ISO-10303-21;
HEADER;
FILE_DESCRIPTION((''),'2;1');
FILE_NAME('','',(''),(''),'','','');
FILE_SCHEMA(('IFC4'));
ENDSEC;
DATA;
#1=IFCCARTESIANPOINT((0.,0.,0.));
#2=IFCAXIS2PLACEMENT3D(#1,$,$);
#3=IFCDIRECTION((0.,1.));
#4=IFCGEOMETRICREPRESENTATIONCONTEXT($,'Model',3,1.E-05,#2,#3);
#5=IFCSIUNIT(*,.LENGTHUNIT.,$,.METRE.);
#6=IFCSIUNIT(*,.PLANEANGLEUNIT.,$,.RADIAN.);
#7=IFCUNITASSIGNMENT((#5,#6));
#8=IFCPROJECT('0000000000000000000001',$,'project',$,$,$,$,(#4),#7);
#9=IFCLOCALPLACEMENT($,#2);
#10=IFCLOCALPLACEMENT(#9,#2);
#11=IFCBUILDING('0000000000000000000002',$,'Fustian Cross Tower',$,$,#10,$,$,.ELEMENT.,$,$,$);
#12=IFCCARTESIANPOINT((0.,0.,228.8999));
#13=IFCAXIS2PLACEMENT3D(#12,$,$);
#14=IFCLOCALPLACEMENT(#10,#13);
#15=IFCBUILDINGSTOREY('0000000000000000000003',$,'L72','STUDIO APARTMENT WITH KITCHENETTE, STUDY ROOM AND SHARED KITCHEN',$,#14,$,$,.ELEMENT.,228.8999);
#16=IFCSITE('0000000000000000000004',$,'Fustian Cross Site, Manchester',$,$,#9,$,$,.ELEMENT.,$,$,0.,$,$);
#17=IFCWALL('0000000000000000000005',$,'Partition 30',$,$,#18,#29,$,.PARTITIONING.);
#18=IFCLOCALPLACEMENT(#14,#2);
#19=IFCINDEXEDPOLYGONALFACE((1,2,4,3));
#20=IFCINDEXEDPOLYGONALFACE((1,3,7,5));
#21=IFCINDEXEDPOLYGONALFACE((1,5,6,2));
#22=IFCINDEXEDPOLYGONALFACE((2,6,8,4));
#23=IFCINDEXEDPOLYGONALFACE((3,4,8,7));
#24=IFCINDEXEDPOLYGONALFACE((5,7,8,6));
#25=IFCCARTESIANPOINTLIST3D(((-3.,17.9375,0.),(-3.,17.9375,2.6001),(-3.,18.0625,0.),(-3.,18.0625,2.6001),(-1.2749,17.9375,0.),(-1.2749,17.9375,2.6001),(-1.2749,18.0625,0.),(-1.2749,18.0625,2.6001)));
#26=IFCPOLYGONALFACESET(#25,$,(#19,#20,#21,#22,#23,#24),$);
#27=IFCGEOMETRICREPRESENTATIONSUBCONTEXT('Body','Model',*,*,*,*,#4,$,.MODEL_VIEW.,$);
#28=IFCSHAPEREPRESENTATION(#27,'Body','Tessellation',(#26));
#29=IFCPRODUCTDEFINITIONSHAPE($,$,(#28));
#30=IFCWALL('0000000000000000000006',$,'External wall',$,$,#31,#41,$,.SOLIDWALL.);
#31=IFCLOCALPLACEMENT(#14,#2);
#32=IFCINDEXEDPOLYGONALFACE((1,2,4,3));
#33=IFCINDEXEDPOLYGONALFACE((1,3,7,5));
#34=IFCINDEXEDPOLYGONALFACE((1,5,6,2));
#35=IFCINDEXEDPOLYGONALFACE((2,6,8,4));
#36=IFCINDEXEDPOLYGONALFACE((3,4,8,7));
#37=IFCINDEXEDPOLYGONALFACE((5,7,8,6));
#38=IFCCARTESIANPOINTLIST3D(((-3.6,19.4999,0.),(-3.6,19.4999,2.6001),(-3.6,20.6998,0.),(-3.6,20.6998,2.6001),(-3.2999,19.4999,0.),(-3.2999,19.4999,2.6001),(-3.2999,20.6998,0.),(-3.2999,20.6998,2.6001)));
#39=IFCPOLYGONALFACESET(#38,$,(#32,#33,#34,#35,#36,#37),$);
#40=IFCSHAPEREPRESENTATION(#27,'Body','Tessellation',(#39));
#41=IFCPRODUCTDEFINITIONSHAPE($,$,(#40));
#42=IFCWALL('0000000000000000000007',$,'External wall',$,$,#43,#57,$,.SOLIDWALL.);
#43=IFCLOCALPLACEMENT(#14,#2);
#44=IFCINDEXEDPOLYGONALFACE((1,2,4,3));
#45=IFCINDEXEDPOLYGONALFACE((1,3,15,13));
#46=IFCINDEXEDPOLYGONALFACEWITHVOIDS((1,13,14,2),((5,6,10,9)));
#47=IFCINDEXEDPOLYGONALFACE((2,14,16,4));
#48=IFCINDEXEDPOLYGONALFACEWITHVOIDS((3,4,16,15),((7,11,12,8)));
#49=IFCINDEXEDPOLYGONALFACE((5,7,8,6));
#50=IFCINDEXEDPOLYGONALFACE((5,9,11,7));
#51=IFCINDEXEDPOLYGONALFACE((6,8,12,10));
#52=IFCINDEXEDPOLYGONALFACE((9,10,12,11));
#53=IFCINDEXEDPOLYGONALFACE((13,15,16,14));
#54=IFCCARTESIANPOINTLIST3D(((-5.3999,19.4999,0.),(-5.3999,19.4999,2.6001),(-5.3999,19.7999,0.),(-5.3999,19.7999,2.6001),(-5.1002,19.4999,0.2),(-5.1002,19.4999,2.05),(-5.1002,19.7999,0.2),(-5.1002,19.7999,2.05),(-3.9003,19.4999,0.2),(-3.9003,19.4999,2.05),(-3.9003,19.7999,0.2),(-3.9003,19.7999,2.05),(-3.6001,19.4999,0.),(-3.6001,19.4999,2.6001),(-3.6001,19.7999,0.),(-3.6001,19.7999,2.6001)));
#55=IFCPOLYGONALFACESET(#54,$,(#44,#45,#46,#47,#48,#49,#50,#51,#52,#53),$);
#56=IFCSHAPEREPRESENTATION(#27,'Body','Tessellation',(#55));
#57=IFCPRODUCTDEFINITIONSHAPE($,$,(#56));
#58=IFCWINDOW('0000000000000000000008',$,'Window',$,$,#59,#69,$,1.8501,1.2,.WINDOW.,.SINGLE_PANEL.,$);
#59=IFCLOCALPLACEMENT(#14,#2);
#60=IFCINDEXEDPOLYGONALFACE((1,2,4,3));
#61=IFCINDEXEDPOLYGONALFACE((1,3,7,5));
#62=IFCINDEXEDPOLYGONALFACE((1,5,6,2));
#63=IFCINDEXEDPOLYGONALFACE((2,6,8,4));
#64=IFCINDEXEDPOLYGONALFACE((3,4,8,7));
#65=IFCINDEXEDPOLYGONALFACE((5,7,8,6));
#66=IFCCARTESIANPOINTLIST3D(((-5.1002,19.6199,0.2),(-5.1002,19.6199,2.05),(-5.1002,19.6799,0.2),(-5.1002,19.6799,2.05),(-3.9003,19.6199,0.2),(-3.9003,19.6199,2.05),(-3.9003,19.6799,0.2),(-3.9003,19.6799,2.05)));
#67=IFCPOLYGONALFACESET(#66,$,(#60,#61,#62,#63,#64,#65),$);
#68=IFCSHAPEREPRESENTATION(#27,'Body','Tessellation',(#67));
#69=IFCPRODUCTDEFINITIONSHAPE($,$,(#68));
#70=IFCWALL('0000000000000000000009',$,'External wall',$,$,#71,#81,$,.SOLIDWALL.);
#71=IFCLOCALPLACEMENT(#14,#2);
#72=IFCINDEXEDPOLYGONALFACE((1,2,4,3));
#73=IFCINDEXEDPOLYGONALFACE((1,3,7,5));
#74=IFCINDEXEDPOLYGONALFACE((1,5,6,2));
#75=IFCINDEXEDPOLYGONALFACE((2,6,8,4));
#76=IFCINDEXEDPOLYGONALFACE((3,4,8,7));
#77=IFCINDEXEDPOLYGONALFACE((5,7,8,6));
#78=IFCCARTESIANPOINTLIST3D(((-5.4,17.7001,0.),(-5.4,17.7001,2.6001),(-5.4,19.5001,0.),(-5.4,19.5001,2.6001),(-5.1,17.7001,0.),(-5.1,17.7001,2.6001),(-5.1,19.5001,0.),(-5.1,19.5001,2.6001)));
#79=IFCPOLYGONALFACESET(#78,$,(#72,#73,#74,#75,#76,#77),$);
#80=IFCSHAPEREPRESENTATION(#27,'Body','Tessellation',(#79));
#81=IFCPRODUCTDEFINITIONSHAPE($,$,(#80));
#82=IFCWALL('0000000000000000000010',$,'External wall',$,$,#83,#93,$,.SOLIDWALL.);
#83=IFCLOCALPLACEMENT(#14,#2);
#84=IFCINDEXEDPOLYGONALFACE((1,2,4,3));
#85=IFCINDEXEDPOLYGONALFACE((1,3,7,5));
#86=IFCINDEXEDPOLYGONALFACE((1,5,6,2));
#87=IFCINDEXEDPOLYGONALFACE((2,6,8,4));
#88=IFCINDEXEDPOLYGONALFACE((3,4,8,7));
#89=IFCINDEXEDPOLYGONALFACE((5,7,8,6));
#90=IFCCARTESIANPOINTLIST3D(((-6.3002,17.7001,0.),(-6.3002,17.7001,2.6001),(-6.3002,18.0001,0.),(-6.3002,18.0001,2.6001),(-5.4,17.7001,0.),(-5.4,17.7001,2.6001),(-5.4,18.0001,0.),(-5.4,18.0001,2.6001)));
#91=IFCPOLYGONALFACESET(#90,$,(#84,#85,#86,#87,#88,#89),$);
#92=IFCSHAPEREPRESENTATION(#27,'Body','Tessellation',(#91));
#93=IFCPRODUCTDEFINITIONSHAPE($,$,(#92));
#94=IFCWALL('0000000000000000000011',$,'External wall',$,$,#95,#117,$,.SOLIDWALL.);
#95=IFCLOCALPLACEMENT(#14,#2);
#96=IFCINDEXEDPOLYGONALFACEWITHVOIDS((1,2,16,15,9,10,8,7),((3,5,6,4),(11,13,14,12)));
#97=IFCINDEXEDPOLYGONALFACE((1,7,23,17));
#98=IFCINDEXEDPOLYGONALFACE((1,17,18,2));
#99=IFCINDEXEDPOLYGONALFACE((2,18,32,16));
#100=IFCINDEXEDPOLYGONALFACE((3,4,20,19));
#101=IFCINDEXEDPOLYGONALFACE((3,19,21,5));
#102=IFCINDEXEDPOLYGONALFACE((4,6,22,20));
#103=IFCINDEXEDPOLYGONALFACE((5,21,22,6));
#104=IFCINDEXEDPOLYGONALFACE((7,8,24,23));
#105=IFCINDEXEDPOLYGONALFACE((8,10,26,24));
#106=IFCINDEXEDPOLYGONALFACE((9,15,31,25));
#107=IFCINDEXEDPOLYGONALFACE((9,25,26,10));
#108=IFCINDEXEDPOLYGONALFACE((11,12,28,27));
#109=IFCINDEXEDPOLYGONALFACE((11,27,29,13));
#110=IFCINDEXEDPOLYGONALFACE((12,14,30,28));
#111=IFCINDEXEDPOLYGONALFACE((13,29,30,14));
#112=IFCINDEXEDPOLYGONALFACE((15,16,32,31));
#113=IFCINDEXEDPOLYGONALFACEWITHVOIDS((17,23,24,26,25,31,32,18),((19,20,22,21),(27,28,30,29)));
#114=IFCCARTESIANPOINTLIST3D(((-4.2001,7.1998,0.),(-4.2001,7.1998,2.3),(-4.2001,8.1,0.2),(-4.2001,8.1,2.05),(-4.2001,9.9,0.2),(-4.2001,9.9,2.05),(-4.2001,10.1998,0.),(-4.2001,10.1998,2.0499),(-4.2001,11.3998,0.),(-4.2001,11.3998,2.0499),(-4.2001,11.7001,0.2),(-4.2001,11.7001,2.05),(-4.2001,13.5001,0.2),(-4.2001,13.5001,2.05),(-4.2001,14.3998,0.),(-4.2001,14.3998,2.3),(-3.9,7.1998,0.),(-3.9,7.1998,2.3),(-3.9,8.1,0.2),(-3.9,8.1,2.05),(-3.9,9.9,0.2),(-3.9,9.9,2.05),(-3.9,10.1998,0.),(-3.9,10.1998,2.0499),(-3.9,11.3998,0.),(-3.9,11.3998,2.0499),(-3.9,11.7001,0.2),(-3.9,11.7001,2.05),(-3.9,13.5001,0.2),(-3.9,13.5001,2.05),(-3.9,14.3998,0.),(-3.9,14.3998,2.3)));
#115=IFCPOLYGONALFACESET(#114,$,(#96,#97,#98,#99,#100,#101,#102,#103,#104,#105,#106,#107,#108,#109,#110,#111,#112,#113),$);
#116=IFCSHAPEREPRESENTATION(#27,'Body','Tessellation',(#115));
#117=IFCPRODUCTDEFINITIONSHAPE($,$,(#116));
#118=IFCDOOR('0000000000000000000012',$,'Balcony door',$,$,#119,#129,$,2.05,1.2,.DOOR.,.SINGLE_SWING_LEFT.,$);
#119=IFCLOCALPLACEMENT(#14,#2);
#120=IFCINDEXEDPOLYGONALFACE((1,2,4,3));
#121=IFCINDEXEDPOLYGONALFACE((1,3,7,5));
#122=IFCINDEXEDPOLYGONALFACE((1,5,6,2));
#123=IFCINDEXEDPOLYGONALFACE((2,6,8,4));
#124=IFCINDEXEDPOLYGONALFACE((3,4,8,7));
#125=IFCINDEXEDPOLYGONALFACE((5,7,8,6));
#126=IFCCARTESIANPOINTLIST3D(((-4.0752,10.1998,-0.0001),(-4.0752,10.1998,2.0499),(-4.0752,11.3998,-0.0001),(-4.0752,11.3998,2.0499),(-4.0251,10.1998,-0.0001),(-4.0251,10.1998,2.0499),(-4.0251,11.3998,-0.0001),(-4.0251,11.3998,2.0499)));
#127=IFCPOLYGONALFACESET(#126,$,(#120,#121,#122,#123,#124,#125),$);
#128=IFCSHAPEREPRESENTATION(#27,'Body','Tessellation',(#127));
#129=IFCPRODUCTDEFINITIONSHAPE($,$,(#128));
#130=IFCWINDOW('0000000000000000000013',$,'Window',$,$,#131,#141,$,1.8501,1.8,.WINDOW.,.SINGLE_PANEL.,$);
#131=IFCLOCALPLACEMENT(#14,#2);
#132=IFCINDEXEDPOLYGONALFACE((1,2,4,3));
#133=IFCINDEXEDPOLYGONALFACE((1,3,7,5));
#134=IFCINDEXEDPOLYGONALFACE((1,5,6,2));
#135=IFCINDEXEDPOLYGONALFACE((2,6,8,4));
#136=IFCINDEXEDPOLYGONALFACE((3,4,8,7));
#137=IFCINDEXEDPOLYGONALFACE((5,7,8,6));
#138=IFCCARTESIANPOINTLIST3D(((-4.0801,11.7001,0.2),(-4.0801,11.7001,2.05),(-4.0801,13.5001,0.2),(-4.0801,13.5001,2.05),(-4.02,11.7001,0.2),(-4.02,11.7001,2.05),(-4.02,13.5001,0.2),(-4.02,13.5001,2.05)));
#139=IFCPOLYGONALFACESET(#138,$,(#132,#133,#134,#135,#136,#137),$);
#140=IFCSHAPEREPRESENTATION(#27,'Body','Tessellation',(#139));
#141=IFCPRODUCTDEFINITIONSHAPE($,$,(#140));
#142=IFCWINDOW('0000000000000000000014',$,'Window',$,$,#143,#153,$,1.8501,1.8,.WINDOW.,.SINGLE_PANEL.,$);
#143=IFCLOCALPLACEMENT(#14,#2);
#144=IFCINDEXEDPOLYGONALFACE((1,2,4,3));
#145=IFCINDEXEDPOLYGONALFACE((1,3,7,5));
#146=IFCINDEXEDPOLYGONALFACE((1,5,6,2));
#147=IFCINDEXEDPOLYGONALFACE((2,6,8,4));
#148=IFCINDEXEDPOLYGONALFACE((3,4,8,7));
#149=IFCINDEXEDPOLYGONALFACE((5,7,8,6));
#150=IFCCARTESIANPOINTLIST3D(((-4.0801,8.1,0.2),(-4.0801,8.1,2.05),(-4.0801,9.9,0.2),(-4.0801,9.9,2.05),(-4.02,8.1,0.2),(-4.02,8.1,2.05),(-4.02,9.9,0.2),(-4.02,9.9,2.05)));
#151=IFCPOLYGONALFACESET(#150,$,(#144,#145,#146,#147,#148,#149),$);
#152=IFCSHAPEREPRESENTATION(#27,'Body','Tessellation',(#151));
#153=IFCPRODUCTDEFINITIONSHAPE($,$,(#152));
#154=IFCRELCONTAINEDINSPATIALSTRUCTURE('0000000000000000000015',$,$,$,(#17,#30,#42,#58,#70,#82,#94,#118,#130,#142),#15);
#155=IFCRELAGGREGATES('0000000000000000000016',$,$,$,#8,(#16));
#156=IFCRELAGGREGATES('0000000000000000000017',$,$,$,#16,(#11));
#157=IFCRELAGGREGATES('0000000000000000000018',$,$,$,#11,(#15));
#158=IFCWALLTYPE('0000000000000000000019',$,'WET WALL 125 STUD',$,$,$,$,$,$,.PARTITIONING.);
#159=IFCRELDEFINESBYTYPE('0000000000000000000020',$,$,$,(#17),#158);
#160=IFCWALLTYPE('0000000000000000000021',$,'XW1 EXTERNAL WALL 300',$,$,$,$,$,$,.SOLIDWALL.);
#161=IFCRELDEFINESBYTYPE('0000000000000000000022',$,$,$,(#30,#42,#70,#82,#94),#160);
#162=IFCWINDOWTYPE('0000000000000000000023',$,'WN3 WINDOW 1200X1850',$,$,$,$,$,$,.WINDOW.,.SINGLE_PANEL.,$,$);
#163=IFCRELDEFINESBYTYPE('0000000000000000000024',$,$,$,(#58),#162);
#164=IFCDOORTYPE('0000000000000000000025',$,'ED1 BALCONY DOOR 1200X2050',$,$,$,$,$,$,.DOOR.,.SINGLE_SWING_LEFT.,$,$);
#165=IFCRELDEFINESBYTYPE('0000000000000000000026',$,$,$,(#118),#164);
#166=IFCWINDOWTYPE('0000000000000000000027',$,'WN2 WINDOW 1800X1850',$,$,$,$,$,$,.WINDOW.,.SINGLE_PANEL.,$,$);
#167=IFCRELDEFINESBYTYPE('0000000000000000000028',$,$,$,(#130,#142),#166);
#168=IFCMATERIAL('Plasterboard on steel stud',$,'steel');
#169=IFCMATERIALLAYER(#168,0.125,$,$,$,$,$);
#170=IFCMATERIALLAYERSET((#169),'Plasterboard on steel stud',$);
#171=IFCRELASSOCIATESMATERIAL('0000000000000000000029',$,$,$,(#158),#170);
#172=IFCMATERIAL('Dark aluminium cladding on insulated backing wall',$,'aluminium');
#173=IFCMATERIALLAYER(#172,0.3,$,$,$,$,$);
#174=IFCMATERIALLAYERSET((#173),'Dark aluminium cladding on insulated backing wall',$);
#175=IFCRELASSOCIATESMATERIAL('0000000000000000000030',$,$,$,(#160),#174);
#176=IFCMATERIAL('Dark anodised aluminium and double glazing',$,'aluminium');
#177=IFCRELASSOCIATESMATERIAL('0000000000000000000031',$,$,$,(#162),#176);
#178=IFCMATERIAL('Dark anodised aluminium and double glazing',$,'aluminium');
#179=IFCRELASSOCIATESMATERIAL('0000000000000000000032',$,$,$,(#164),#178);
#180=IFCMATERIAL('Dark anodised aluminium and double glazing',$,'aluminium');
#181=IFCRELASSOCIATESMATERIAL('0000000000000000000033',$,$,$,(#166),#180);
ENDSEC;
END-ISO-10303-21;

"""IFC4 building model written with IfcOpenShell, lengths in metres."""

from ifc_helpers import new_model, si_unit, direction, frame, frame_2d, origin, place, context, subcontext, project, spatial, rectangle, extrude, material, layer, layer_set, type_object, element, fill, save


model = new_model("IFC4")

# Units and contexts
model_context = context("Model", 3, precision=1e-05, world=origin(), true_north=direction((0.0, 1.0)))
body_context = subcontext(model_context, "Body", "Model", "MODEL_VIEW")
ifc_project = project(units=[si_unit("LENGTHUNIT", "METRE"), si_unit("PLANEANGLEUNIT", "RADIAN")], contexts=[model_context])

# Site, building, storey
site_placement = place(None, origin())
site = spatial("IfcSite", under=ifc_project, at=site_placement, Name="Fustian Cross Site, Manchester", CompositionType="ELEMENT", RefElevation=0.0)
building_placement = place(site_placement, origin())
building = spatial("IfcBuilding", under=site, at=building_placement, Name="Fustian Cross Tower", CompositionType="ELEMENT")
storey_placement = place(building_placement, frame((0.0, 0.0, 228.8999)))
storey = spatial("IfcBuildingStorey", under=building, at=storey_placement, Name="L72", Description="STUDIO APARTMENT WITH KITCHENETTE, STUDY ROOM AND SHARED KITCHEN", CompositionType="ELEMENT", Elevation=228.8999)

# Walls
ifc_material_1 = material(Name="Plasterboard on steel stud", Category="steel")
ifc_layer_1 = layer(ifc_material_1, 0.125)
ifc_layer_set_1 = layer_set([ifc_layer_1], Name="Plasterboard on steel stud")
wall_type_1 = type_object("IfcWallType", Name="WET WALL 125 STUD", PredefinedType="PARTITIONING", material=ifc_layer_set_1)
wall_1_placement = place(storey_placement, frame((-3.0, 18.0, 0.0), z_axis=(0.0, 0.0, 1.0), x_axis=(1.0, 0.0, 0.0)))
element("IfcWall", 1, at=wall_1_placement, inside=storey, type_object=wall_type_1, Name="Partition 30", PredefinedType="PARTITIONING", context=body_context, shape_type="SweptSolid", body=[
    extrude(rectangle(XDim=1.7251, YDim=0.125, at=frame_2d((0.8625, 0.0))), origin(), (0.0, 0.0, 1.0), 2.6001),
])
ifc_material_2 = material(Name="Dark aluminium cladding on insulated backing wall", Category="aluminium")
ifc_layer_2 = layer(ifc_material_2, 0.3)
ifc_layer_set_2 = layer_set([ifc_layer_2], Name="Dark aluminium cladding on insulated backing wall")
wall_type_2 = type_object("IfcWallType", Name="XW1 EXTERNAL WALL 300", PredefinedType="SOLIDWALL", material=ifc_layer_set_2)
wall_2_placement = place(storey_placement, frame((-3.45, 20.7, 0.0), z_axis=(0.0, 0.0, 1.0), x_axis=(0.0, -1.0, 0.0)))
element("IfcWall", 2, at=wall_2_placement, inside=storey, type_object=wall_type_2, Name="External wall", PredefinedType="SOLIDWALL", context=body_context, shape_type="SweptSolid", body=[
    extrude(rectangle(XDim=1.2, YDim=0.3, at=frame_2d((0.6001, 0.0))), origin(), (0.0, 0.0, 1.0), 2.6001),
])

# Wall, opening, window
wall_3_placement = place(storey_placement, frame((-3.6001, 19.6499, 0.0), z_axis=(0.0, 0.0, 1.0), x_axis=(-1.0, 0.0, 0.0)))
wall_3 = element("IfcWall", 3, at=wall_3_placement, inside=storey, type_object=wall_type_2, Name="External wall", PredefinedType="SOLIDWALL", context=body_context, shape_type="SweptSolid", body=[
    extrude(rectangle(XDim=1.7998, YDim=0.3, at=frame_2d((0.8999, 0.0))), origin(), (0.0, 0.0, 1.0), 2.6001),
])
opening_1_placement = place(wall_3_placement, frame((0.3, 0.0, 0.2)))
opening_1 = element("IfcOpeningElement", 4, at=opening_1_placement, cuts=wall_3, PredefinedType="OPENING", context=body_context, shape_type="SweptSolid", body=[
    extrude(rectangle(XDim=1.2, YDim=1.8501, at=frame_2d((0.6001, 0.925))), frame((0.0, 0.1599, 0.0), z_axis=(0.0, -1.0, 0.0), x_axis=(1.0, 0.0, 0.0)), (0.0, 0.0, 1.0), 0.3201),
])
ifc_material_3 = material(Name="Dark anodised aluminium and double glazing", Category="aluminium")
window_type_1 = type_object("IfcWindowType", Name="WN3 WINDOW 1200X1850", PartitioningType="SINGLE_PANEL", PredefinedType="WINDOW", material=ifc_material_3)
window_1_placement = place(opening_1_placement, origin())
window_1 = element("IfcWindow", 5, at=window_1_placement, inside=storey, type_object=window_type_1, Name="Window", OverallHeight=1.8501, OverallWidth=1.2, PartitioningType="SINGLE_PANEL", PredefinedType="WINDOW", context=body_context, shape_type="SweptSolid", body=[
    extrude(rectangle(XDim=1.2, YDim=1.8501, at=frame_2d((0.6001, 0.925))), frame((0.0, 0.03, 0.0), z_axis=(0.0, -1.0, 0.0), x_axis=(1.0, 0.0, 0.0)), (0.0, 0.0, 1.0), 0.0601),
])
fill(opening_1, window_1)

# Walls
wall_4_placement = place(storey_placement, frame((-5.25, 19.5, 0.0), z_axis=(0.0, 0.0, 1.0), x_axis=(0.0, -1.0, 0.0)))
element("IfcWall", 6, at=wall_4_placement, inside=storey, type_object=wall_type_2, Name="External wall", PredefinedType="SOLIDWALL", context=body_context, shape_type="SweptSolid", body=[
    extrude(rectangle(XDim=1.8, YDim=0.3, at=frame_2d((0.8999, 0.0))), origin(), (0.0, 0.0, 1.0), 2.6001),
])
wall_5_placement = place(storey_placement, frame((-5.3999, 17.8501, 0.0), z_axis=(0.0, 0.0, 1.0), x_axis=(-1.0, 0.0, 0.0)))
element("IfcWall", 7, at=wall_5_placement, inside=storey, type_object=wall_type_2, Name="External wall", PredefinedType="SOLIDWALL", context=body_context, shape_type="SweptSolid", body=[
    extrude(rectangle(XDim=0.9001, YDim=0.3, at=frame_2d((0.4502, 0.0))), origin(), (0.0, 0.0, 1.0), 2.6001),
])

# Wall, openings, door, windows
wall_6_placement = place(storey_placement, frame((-4.05, 14.3999, 0.0), z_axis=(0.0, 0.0, 1.0), x_axis=(0.0, -1.0, 0.0)))
wall_6 = element("IfcWall", 8, at=wall_6_placement, inside=storey, type_object=wall_type_2, Name="External wall", PredefinedType="SOLIDWALL", context=body_context, shape_type="SweptSolid", body=[
    extrude(rectangle(XDim=7.2, YDim=0.3, at=frame_2d((3.6001, 0.0))), origin(), (0.0, 0.0, 1.0), 2.3),
])
opening_2_placement = place(wall_6_placement, frame((3.0, 0.0, 0.0)))
opening_2 = element("IfcOpeningElement", 9, at=opening_2_placement, cuts=wall_6, PredefinedType="OPENING", context=body_context, shape_type="SweptSolid", body=[
    extrude(rectangle(XDim=1.2, YDim=2.05, at=frame_2d((0.6001, 1.0249))), frame((0.0, 0.1599, 0.0), z_axis=(0.0, -1.0, 0.0), x_axis=(1.0, 0.0, 0.0)), (0.0, 0.0, 1.0), 0.3201),
])
opening_3_placement = place(wall_6_placement, frame((0.8999, 0.0, 0.2)))
opening_3 = element("IfcOpeningElement", 10, at=opening_3_placement, cuts=wall_6, PredefinedType="OPENING", context=body_context, shape_type="SweptSolid", body=[
    extrude(rectangle(XDim=1.8, YDim=1.8501, at=frame_2d((0.8999, 0.925))), frame((0.0, 0.1599, 0.0), z_axis=(0.0, -1.0, 0.0), x_axis=(1.0, 0.0, 0.0)), (0.0, 0.0, 1.0), 0.3201),
])
opening_4_placement = place(wall_6_placement, frame((4.5, 0.0, 0.2)))
opening_4 = element("IfcOpeningElement", 11, at=opening_4_placement, cuts=wall_6, PredefinedType="OPENING", context=body_context, shape_type="SweptSolid", body=[
    extrude(rectangle(XDim=1.8, YDim=1.8501, at=frame_2d((0.8999, 0.925))), frame((0.0, 0.1599, 0.0), z_axis=(0.0, -1.0, 0.0), x_axis=(1.0, 0.0, 0.0)), (0.0, 0.0, 1.0), 0.3201),
])
ifc_material_4 = material(Name="Dark anodised aluminium and double glazing", Category="aluminium")
door_type_1 = type_object("IfcDoorType", Name="ED1 BALCONY DOOR 1200X2050", OperationType="SINGLE_SWING_LEFT", PredefinedType="DOOR", material=ifc_material_4)
door_1_placement = place(opening_2_placement, origin())
door_1 = element("IfcDoor", 12, at=door_1_placement, inside=storey, type_object=door_type_1, Name="Balcony door", OperationType="SINGLE_SWING_LEFT", OverallHeight=2.05, OverallWidth=1.2, PredefinedType="DOOR", context=body_context, shape_type="SweptSolid", body=[
    extrude(rectangle(XDim=1.2, YDim=2.05, at=frame_2d((0.6001, 1.0249))), frame((0.0, 0.0249, 0.0), z_axis=(0.0, -1.0, 0.0), x_axis=(1.0, 0.0, 0.0)), (0.0, 0.0, 1.0), 0.05),
])
fill(opening_2, door_1)
ifc_material_5 = material(Name="Dark anodised aluminium and double glazing", Category="aluminium")
window_type_2 = type_object("IfcWindowType", Name="WN2 WINDOW 1800X1850", PartitioningType="SINGLE_PANEL", PredefinedType="WINDOW", material=ifc_material_5)
window_2_placement = place(opening_3_placement, origin())
window_2 = element("IfcWindow", 13, at=window_2_placement, inside=storey, type_object=window_type_2, Name="Window", OverallHeight=1.8501, OverallWidth=1.8, PartitioningType="SINGLE_PANEL", PredefinedType="WINDOW", context=body_context, shape_type="SweptSolid", body=[
    extrude(rectangle(XDim=1.8, YDim=1.8501, at=frame_2d((0.8999, 0.925))), frame((0.0, 0.03, 0.0), z_axis=(0.0, -1.0, 0.0), x_axis=(1.0, 0.0, 0.0)), (0.0, 0.0, 1.0), 0.0601),
])
fill(opening_3, window_2)
window_3_placement = place(opening_4_placement, origin())
window_3 = element("IfcWindow", 14, at=window_3_placement, inside=storey, type_object=window_type_2, Name="Window", OverallHeight=1.8501, OverallWidth=1.8, PartitioningType="SINGLE_PANEL", PredefinedType="WINDOW", context=body_context, shape_type="SweptSolid", body=[
    extrude(rectangle(XDim=1.8, YDim=1.8501, at=frame_2d((0.8999, 0.925))), frame((0.0, 0.03, 0.0), z_axis=(0.0, -1.0, 0.0), x_axis=(1.0, 0.0, 0.0)), (0.0, 0.0, 1.0), 0.0601),
])
fill(opening_4, window_3)

save(model, "model.ifc")
